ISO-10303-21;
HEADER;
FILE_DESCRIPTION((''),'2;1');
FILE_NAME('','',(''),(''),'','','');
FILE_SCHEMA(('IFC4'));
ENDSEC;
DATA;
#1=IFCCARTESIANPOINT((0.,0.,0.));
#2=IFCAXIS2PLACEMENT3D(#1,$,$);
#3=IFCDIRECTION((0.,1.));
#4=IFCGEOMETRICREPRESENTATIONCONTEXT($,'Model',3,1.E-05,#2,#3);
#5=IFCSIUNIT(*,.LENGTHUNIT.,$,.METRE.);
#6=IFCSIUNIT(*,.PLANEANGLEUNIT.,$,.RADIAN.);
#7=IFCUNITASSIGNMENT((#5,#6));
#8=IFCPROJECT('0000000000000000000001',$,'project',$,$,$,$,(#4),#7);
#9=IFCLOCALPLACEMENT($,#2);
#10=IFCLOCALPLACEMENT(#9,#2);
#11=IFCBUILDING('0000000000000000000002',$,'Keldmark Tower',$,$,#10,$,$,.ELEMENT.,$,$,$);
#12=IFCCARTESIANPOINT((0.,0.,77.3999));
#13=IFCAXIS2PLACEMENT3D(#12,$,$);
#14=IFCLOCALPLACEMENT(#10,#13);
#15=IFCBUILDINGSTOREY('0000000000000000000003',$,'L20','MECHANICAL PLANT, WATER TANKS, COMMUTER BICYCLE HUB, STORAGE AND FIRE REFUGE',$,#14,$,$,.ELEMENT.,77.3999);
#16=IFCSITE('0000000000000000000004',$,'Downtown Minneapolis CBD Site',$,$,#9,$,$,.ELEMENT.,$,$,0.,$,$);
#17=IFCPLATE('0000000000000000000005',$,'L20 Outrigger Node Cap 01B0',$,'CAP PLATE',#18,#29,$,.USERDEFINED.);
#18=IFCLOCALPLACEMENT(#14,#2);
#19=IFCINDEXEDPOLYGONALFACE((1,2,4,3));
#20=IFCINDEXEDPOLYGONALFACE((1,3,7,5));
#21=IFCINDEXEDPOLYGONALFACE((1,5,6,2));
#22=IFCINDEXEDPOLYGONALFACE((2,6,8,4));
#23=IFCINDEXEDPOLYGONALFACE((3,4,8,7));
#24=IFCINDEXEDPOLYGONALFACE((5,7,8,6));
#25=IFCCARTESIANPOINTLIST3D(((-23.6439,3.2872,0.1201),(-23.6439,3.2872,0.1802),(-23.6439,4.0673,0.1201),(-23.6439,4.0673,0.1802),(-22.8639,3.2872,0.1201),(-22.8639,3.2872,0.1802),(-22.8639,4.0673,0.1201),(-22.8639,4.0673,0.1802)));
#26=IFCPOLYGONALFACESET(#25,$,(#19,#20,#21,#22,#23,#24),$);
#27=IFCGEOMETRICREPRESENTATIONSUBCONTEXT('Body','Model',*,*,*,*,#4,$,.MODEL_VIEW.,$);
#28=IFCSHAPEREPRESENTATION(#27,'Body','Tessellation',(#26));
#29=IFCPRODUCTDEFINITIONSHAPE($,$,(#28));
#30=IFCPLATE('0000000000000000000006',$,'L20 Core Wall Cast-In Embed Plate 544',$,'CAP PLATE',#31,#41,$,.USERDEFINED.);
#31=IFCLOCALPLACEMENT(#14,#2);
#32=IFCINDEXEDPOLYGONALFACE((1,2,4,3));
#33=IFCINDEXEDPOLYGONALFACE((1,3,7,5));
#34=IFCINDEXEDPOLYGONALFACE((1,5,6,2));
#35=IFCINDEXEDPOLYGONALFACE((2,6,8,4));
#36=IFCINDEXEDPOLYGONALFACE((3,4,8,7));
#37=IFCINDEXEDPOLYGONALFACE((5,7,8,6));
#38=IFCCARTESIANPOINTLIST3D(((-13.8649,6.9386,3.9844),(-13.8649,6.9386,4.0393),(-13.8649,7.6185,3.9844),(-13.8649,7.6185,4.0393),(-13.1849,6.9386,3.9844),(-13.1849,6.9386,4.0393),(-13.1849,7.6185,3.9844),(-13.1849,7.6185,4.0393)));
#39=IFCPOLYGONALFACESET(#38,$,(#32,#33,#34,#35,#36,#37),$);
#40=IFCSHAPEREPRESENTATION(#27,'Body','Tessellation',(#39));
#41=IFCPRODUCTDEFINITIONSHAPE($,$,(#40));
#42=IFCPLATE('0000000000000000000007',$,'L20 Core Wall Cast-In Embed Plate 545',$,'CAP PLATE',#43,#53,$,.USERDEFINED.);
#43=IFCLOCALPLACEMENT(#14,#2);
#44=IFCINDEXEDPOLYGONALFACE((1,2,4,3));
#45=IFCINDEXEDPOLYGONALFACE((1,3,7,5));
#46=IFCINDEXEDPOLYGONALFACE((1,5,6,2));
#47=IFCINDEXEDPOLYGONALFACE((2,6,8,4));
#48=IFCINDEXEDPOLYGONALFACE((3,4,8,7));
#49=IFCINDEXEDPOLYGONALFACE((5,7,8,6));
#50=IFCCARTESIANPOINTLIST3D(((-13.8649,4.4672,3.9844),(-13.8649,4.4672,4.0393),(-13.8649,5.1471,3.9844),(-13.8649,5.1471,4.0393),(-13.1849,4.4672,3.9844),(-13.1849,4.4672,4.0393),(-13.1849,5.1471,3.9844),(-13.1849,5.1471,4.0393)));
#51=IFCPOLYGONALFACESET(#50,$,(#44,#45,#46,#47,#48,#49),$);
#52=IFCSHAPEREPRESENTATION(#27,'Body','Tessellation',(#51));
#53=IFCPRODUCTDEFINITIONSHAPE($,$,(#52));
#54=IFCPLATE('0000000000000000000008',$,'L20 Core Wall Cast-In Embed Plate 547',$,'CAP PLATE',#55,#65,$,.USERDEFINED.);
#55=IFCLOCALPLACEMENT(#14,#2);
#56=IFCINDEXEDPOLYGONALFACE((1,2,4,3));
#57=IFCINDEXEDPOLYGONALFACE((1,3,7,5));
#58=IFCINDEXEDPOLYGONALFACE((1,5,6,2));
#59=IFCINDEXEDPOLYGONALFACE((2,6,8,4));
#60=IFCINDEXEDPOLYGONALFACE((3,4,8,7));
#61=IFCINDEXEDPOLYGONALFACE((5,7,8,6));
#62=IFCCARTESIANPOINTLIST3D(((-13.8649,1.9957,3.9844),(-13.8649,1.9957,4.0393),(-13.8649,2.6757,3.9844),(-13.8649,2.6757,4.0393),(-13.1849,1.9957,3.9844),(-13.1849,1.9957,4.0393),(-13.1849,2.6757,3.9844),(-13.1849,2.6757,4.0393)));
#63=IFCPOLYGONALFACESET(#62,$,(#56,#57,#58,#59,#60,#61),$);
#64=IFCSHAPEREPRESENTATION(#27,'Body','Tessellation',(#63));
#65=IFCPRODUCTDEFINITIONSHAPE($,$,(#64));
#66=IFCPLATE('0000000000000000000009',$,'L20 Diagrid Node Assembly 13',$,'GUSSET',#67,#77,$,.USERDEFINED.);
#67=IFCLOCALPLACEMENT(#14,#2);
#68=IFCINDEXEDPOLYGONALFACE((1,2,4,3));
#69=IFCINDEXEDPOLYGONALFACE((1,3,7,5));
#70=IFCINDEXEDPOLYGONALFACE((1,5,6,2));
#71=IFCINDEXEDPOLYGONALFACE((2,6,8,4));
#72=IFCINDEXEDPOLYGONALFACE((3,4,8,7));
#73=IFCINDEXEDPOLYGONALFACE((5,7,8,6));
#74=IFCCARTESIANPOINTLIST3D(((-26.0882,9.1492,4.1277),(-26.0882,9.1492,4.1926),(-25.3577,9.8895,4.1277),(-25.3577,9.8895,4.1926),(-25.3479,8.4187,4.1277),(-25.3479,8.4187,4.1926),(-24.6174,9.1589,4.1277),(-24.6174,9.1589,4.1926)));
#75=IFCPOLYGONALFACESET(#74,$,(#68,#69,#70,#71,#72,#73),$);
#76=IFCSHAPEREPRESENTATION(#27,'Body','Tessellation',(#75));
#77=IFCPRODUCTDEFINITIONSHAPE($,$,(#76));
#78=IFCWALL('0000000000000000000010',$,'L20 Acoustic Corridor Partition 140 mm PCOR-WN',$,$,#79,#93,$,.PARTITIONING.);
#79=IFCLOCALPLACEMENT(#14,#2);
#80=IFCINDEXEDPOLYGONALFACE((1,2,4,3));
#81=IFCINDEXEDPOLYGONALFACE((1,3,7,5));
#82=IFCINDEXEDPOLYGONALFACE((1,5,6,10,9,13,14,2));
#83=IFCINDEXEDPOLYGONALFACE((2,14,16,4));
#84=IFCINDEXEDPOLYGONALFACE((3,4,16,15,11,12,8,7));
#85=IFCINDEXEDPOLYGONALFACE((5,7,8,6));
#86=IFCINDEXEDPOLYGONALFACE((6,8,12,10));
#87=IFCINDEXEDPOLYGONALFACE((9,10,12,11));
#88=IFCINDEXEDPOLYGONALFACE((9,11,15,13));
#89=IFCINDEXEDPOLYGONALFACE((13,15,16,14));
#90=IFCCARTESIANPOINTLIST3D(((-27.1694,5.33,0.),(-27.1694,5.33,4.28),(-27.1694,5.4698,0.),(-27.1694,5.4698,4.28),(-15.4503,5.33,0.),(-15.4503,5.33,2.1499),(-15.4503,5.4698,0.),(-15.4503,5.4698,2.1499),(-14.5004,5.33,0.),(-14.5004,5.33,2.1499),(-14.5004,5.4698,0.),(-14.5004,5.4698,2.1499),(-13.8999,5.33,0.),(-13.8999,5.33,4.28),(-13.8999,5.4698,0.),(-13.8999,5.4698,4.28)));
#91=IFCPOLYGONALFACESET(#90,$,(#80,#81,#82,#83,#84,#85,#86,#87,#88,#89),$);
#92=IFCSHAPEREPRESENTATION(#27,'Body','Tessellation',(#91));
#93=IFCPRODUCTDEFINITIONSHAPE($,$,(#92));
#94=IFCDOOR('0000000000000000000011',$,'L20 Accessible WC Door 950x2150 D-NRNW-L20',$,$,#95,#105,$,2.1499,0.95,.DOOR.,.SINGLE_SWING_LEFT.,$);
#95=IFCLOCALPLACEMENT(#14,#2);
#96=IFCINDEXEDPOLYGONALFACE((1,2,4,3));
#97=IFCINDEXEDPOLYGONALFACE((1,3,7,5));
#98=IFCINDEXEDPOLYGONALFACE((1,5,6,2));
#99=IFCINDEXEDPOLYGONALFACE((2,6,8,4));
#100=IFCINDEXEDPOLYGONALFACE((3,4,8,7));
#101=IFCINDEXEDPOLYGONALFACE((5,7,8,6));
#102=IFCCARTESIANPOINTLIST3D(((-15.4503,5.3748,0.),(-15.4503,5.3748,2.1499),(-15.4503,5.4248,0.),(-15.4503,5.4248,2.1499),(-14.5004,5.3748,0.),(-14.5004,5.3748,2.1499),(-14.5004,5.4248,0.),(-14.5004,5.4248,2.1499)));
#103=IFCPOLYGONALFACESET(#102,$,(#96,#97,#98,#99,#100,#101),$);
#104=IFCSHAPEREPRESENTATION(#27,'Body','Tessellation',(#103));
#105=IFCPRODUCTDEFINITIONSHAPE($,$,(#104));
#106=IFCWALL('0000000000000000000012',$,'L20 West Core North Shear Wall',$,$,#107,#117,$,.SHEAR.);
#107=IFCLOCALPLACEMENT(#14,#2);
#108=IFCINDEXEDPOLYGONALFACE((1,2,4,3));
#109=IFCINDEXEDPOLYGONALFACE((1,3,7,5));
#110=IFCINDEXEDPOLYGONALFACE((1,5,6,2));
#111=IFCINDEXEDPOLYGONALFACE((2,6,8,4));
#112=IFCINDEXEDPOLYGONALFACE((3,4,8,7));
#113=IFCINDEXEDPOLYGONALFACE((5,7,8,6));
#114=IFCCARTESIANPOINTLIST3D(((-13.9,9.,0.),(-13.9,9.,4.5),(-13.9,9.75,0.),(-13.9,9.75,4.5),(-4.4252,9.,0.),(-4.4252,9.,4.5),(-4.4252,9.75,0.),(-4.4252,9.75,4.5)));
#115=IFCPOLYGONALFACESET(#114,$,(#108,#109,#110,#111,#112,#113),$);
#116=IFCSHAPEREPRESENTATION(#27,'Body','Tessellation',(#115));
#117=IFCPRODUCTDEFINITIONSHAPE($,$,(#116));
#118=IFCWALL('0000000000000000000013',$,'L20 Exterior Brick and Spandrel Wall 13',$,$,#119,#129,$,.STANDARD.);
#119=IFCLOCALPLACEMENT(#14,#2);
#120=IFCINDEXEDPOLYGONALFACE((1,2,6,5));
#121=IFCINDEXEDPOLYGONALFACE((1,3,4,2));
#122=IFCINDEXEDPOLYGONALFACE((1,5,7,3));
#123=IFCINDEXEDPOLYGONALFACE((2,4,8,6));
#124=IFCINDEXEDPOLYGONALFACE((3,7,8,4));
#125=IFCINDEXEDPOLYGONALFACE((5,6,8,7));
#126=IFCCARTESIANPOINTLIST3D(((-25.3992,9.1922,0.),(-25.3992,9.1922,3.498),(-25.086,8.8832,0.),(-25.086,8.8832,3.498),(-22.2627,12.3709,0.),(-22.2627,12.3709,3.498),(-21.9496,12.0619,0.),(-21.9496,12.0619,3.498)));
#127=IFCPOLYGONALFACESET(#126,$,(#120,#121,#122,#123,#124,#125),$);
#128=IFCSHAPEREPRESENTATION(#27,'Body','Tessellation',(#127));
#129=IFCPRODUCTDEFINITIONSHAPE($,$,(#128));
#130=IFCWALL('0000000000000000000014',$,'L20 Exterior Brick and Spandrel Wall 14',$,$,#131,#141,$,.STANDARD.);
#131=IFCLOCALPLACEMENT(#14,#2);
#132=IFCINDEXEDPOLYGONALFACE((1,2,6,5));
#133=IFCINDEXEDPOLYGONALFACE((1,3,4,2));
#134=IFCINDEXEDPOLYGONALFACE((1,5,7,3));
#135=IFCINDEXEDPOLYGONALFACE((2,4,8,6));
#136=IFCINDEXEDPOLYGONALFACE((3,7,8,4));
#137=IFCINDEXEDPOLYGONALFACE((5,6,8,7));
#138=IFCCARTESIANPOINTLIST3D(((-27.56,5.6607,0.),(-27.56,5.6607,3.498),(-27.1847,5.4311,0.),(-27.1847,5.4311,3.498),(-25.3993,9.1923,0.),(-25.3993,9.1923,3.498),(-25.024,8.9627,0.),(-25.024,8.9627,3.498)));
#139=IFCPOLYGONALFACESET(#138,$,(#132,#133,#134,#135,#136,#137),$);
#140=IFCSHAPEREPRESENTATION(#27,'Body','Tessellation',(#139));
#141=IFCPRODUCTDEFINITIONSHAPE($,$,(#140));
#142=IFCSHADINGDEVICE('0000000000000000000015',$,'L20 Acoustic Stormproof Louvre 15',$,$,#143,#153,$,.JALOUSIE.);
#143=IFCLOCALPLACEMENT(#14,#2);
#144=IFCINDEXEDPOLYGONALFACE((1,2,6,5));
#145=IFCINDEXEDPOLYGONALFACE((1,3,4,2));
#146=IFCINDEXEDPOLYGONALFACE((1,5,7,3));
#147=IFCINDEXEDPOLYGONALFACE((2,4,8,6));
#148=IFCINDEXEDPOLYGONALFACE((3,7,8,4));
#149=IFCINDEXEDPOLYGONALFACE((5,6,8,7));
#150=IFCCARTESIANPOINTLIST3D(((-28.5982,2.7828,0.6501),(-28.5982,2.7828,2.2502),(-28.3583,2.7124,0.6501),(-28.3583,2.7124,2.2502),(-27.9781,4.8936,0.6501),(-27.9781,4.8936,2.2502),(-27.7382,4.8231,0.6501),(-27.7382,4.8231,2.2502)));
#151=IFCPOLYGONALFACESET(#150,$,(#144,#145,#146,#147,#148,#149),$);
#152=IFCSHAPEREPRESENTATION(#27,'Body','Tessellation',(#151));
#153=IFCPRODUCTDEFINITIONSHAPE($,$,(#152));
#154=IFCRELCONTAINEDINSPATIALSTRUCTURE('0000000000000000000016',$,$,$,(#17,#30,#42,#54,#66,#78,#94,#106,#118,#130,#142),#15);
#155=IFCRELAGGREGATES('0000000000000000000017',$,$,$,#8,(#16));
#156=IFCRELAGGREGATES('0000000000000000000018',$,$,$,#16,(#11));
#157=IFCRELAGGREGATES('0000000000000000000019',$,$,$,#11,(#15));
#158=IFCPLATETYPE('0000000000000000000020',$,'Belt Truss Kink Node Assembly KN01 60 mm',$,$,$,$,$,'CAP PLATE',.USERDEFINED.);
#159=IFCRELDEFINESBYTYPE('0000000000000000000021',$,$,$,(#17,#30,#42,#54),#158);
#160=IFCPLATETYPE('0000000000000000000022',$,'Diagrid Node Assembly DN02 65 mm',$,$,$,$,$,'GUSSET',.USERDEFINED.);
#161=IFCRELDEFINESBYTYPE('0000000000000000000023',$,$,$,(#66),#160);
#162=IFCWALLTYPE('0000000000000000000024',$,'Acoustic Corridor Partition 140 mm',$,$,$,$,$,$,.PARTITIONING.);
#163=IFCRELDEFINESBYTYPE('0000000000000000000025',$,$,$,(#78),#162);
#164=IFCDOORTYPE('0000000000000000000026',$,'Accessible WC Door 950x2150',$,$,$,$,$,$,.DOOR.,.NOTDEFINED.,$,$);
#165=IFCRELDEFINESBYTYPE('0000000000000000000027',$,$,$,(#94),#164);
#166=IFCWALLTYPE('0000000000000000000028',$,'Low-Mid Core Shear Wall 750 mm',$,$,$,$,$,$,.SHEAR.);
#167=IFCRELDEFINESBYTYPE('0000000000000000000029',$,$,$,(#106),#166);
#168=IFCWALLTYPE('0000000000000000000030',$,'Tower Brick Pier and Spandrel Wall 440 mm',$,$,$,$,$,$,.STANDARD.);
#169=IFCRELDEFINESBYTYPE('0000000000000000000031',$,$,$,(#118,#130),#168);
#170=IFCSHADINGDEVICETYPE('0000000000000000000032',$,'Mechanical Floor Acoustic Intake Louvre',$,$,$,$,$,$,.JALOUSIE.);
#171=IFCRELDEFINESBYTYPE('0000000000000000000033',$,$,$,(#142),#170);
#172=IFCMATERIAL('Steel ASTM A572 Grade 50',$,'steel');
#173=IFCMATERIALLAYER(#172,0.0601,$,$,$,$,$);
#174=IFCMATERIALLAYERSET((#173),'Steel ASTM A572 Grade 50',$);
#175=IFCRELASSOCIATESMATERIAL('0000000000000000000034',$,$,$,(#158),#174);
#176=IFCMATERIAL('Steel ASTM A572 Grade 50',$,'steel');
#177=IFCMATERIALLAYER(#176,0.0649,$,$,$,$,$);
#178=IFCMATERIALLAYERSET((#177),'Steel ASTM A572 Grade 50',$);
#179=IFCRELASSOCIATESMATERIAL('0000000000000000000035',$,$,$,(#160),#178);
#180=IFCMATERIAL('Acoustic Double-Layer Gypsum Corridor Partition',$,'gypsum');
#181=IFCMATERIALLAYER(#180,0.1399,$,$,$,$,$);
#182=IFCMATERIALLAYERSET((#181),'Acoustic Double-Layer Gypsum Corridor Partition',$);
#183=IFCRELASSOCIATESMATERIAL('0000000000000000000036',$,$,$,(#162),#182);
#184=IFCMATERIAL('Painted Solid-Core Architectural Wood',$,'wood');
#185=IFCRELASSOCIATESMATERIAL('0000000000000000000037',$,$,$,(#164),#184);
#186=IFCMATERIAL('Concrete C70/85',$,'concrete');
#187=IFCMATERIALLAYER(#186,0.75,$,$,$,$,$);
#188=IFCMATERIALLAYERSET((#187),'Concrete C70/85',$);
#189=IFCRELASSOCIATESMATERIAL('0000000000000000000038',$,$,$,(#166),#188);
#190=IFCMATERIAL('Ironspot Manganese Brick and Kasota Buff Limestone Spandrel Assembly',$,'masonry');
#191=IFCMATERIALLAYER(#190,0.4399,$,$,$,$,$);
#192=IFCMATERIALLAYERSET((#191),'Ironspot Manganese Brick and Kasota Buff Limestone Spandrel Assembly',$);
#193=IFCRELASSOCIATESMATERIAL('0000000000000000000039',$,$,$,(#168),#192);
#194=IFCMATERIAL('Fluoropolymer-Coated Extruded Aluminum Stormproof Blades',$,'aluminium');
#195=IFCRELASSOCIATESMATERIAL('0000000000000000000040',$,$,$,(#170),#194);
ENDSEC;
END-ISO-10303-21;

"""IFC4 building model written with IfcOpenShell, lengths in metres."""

from ifc_helpers import new_model, si_unit, direction, frame, frame_2d, origin, origin_2d, place, context, subcontext, project, spatial, rectangle, extrude, material, layer, layer_set, type_object, element, fill, save


model = new_model("IFC4")

# Units and contexts
model_context = context("Model", 3, precision=1e-05, world=origin(), true_north=direction((0.0, 1.0)))
body_context = subcontext(model_context, "Body", "Model", "MODEL_VIEW")
ifc_project = project(units=[si_unit("LENGTHUNIT", "METRE"), si_unit("PLANEANGLEUNIT", "RADIAN")], contexts=[model_context])

# Site, building, storey
site_placement = place(None, origin())
site = spatial("IfcSite", under=ifc_project, at=site_placement, Name="Downtown Minneapolis CBD Site", CompositionType="ELEMENT", RefElevation=0.0)
building_placement = place(site_placement, origin())
building = spatial("IfcBuilding", under=site, at=building_placement, Name="Keldmark Tower", CompositionType="ELEMENT")
storey_placement = place(building_placement, frame((0.0, 0.0, 77.3999)))
storey = spatial("IfcBuildingStorey", under=building, at=storey_placement, Name="L20", Description="MECHANICAL PLANT, WATER TANKS, COMMUTER BICYCLE HUB, STORAGE AND FIRE REFUGE", CompositionType="ELEMENT", Elevation=77.3999)

# Plates
ifc_material_1 = material(Name="Steel ASTM A572 Grade 50", Category="steel")
ifc_layer_1 = layer(ifc_material_1, 0.0601)
ifc_layer_set_1 = layer_set([ifc_layer_1], Name="Steel ASTM A572 Grade 50")
plate_type_1 = type_object("IfcPlateType", Name="Belt Truss Kink Node Assembly KN01 60 mm", ElementType="CAP PLATE", PredefinedType="USERDEFINED", material=ifc_layer_set_1)
for number, where, z_axis, x_axis, name in (
    (1, (-23.2539, 3.6772, 0.1201), (0.0, 0.0, 1.0), (1.0, 0.0, 0.0), "L20 Outrigger Node Cap 01B0"),
):
    element("IfcPlate", number, at=place(storey_placement, frame(where, z_axis=z_axis, x_axis=x_axis)), inside=storey, type_object=plate_type_1, Name=name, ObjectType="CAP PLATE", PredefinedType="USERDEFINED", context=body_context, shape_type="SweptSolid", body=[
        extrude(rectangle(XDim=0.78, YDim=0.78, at=origin_2d()), origin(), (0.0, 0.0, 1.0), 0.0601),
    ])
for number, where, z_axis, x_axis, name in (
    (2, (-13.5249, 7.2786, 3.9844), (0.0, 0.0, 1.0), (1.0, 0.0, 0.0), "L20 Core Wall Cast-In Embed Plate 544"),
    (3, (-13.5249, 4.8071, 3.9844), (0.0, 0.0, 1.0), (1.0, 0.0, 0.0), "L20 Core Wall Cast-In Embed Plate 545"),
    (4, (-13.5249, 2.3357, 3.9844), (0.0, 0.0, 1.0), (1.0, 0.0, 0.0), "L20 Core Wall Cast-In Embed Plate 547"),
):
    element("IfcPlate", number, at=place(storey_placement, frame(where, z_axis=z_axis, x_axis=x_axis)), inside=storey, type_object=plate_type_1, Name=name, ObjectType="CAP PLATE", PredefinedType="USERDEFINED", context=body_context, shape_type="SweptSolid", body=[
        extrude(rectangle(XDim=0.6799, YDim=0.6799, at=origin_2d()), origin(), (0.0, 0.0, 1.0), 0.0549),
    ])
ifc_material_2 = material(Name="Steel ASTM A572 Grade 50", Category="steel")
ifc_layer_2 = layer(ifc_material_2, 0.0649)
ifc_layer_set_2 = layer_set([ifc_layer_2], Name="Steel ASTM A572 Grade 50")
plate_type_2 = type_object("IfcPlateType", Name="Diagrid Node Assembly DN02 65 mm", ElementType="GUSSET", PredefinedType="USERDEFINED", material=ifc_layer_set_2)
plate_placement = place(storey_placement, frame((-25.3528, 9.1541, 4.1277), z_axis=(0.0, 0.0, 1.0), x_axis=(-0.702402, -0.711781, 0.0)))
element("IfcPlate", 5, at=plate_placement, inside=storey, type_object=plate_type_2, Name="L20 Diagrid Node Assembly 13", ObjectType="GUSSET", PredefinedType="USERDEFINED", context=body_context, shape_type="SweptSolid", body=[
    extrude(rectangle(XDim=1.04, YDim=1.04, at=origin_2d()), origin(), (0.0, 0.0, 1.0), 0.0649),
])

# Wall, opening, door
ifc_material_3 = material(Name="Acoustic Double-Layer Gypsum Corridor Partition", Category="gypsum")
ifc_layer_3 = layer(ifc_material_3, 0.1399)
ifc_layer_set_3 = layer_set([ifc_layer_3], Name="Acoustic Double-Layer Gypsum Corridor Partition")
wall_type_1 = type_object("IfcWallType", Name="Acoustic Corridor Partition 140 mm", PredefinedType="PARTITIONING", material=ifc_layer_set_3)
wall_1_placement = place(storey_placement, frame((-27.1694, 5.3999, 0.0), z_axis=(0.0, 0.0, 1.0), x_axis=(1.0, 0.0, 0.0)))
wall_1 = element("IfcWall", 6, at=wall_1_placement, inside=storey, type_object=wall_type_1, Name="L20 Acoustic Corridor Partition 140 mm PCOR-WN", PredefinedType="PARTITIONING", context=body_context, shape_type="SweptSolid", body=[
    extrude(rectangle(XDim=13.2695, YDim=0.1399, at=frame_2d((6.6348, 0.0))), origin(), (0.0, 0.0, 1.0), 4.28),
])
opening_placement = place(wall_1_placement, frame((11.719, 0.0, 0.0)))
opening = element("IfcOpeningElement", 7, at=opening_placement, cuts=wall_1, PredefinedType="OPENING", context=body_context, shape_type="SweptSolid", body=[
    extrude(rectangle(XDim=0.95, YDim=2.1499, at=frame_2d((0.4751, 1.075))), frame((0.0, 0.0798, 0.0), z_axis=(0.0, -1.0, 0.0), x_axis=(1.0, 0.0, 0.0)), (0.0, 0.0, 1.0), 0.1599),
])
ifc_material_4 = material(Name="Painted Solid-Core Architectural Wood", Category="wood")
door_type = type_object("IfcDoorType", Name="Accessible WC Door 950x2150", OperationType="NOTDEFINED", PredefinedType="DOOR", material=ifc_material_4)
door_placement = place(opening_placement, origin())
door = element("IfcDoor", 8, at=door_placement, inside=storey, type_object=door_type, Name="L20 Accessible WC Door 950x2150 D-NRNW-L20", OperationType="SINGLE_SWING_LEFT", OverallHeight=2.1499, OverallWidth=0.95, PredefinedType="DOOR", context=body_context, shape_type="SweptSolid", body=[
    extrude(rectangle(XDim=0.95, YDim=2.1499, at=frame_2d((0.4751, 1.075))), frame((0.0, 0.0249, 0.0), z_axis=(0.0, -1.0, 0.0), x_axis=(1.0, 0.0, 0.0)), (0.0, 0.0, 1.0), 0.05),
])
fill(opening, door)

# Walls
ifc_material_5 = material(Name="Concrete C70/85", Category="concrete")
ifc_layer_4 = layer(ifc_material_5, 0.75)
ifc_layer_set_4 = layer_set([ifc_layer_4], Name="Concrete C70/85")
wall_type_2 = type_object("IfcWallType", Name="Low-Mid Core Shear Wall 750 mm", PredefinedType="SHEAR", material=ifc_layer_set_4)
wall_2_placement = place(storey_placement, frame((-13.8999, 9.375, 0.0), z_axis=(0.0, 0.0, 1.0), x_axis=(1.0, 0.0, 0.0)))
element("IfcWall", 9, at=wall_2_placement, inside=storey, type_object=wall_type_2, Name="L20 West Core North Shear Wall", PredefinedType="SHEAR", context=body_context, shape_type="SweptSolid", body=[
    extrude(rectangle(XDim=9.4749, YDim=0.75, at=frame_2d((4.7373, 0.0))), origin(), (0.0, 0.0, 1.0), 4.5),
])
ifc_material_6 = material(Name="Ironspot Manganese Brick and Kasota Buff Limestone Spandrel Assembly", Category="masonry")
ifc_layer_5 = layer(ifc_material_6, 0.4399)
ifc_layer_set_5 = layer_set([ifc_layer_5], Name="Ironspot Manganese Brick and Kasota Buff Limestone Spandrel Assembly")
wall_type_3 = type_object("IfcWallType", Name="Tower Brick Pier and Spandrel Wall 440 mm", PredefinedType="STANDARD", material=ifc_layer_set_5)
wall_3_placement = place(storey_placement, frame((-25.2427, 9.0376, 0.0), z_axis=(0.0, 0.0, 1.0), x_axis=(0.702362, 0.71182, 0.0)))
element("IfcWall", 10, at=wall_3_placement, inside=storey, type_object=wall_type_3, Name="L20 Exterior Brick and Spandrel Wall 13", PredefinedType="STANDARD", context=body_context, shape_type="SweptSolid", body=[
    extrude(rectangle(XDim=4.4656, YDim=0.4399, at=frame_2d((2.2329, 0.0))), origin(), (0.0, 0.0, 1.0), 3.498),
])
wall_4_placement = place(storey_placement, frame((-27.3723, 5.5459, 0.0), z_axis=(0.0, 0.0, 1.0), x_axis=(0.521891, 0.853012, 0.0)))
element("IfcWall", 11, at=wall_4_placement, inside=storey, type_object=wall_type_3, Name="L20 Exterior Brick and Spandrel Wall 14", PredefinedType="STANDARD", context=body_context, shape_type="SweptSolid", body=[
    extrude(rectangle(XDim=4.1401, YDim=0.4399, at=frame_2d((2.0701, 0.0))), origin(), (0.0, 0.0, 1.0), 3.498),
])

# Shading device
ifc_material_7 = material(Name="Fluoropolymer-Coated Extruded Aluminum Stormproof Blades", Category="aluminium")
shading_device_type = type_object("IfcShadingDeviceType", Name="Mechanical Floor Acoustic Intake Louvre", PredefinedType="JALOUSIE", material=ifc_material_7)
shading_device_placement = place(storey_placement, frame((-28.1682, 3.803, 0.6501), z_axis=(0.0, 0.0, 1.0), x_axis=(-0.281856, -0.959457, 0.0)))
element("IfcShadingDevice", 12, at=shading_device_placement, inside=storey, type_object=shading_device_type, Name="L20 Acoustic Stormproof Louvre 15", PredefinedType="JALOUSIE", context=body_context, shape_type="SweptSolid", body=[
    extrude(rectangle(XDim=2.2, YDim=0.25, at=origin_2d()), origin(), (0.0, 0.0, 1.0), 1.6001),
])

save(model, "model.ifc")
